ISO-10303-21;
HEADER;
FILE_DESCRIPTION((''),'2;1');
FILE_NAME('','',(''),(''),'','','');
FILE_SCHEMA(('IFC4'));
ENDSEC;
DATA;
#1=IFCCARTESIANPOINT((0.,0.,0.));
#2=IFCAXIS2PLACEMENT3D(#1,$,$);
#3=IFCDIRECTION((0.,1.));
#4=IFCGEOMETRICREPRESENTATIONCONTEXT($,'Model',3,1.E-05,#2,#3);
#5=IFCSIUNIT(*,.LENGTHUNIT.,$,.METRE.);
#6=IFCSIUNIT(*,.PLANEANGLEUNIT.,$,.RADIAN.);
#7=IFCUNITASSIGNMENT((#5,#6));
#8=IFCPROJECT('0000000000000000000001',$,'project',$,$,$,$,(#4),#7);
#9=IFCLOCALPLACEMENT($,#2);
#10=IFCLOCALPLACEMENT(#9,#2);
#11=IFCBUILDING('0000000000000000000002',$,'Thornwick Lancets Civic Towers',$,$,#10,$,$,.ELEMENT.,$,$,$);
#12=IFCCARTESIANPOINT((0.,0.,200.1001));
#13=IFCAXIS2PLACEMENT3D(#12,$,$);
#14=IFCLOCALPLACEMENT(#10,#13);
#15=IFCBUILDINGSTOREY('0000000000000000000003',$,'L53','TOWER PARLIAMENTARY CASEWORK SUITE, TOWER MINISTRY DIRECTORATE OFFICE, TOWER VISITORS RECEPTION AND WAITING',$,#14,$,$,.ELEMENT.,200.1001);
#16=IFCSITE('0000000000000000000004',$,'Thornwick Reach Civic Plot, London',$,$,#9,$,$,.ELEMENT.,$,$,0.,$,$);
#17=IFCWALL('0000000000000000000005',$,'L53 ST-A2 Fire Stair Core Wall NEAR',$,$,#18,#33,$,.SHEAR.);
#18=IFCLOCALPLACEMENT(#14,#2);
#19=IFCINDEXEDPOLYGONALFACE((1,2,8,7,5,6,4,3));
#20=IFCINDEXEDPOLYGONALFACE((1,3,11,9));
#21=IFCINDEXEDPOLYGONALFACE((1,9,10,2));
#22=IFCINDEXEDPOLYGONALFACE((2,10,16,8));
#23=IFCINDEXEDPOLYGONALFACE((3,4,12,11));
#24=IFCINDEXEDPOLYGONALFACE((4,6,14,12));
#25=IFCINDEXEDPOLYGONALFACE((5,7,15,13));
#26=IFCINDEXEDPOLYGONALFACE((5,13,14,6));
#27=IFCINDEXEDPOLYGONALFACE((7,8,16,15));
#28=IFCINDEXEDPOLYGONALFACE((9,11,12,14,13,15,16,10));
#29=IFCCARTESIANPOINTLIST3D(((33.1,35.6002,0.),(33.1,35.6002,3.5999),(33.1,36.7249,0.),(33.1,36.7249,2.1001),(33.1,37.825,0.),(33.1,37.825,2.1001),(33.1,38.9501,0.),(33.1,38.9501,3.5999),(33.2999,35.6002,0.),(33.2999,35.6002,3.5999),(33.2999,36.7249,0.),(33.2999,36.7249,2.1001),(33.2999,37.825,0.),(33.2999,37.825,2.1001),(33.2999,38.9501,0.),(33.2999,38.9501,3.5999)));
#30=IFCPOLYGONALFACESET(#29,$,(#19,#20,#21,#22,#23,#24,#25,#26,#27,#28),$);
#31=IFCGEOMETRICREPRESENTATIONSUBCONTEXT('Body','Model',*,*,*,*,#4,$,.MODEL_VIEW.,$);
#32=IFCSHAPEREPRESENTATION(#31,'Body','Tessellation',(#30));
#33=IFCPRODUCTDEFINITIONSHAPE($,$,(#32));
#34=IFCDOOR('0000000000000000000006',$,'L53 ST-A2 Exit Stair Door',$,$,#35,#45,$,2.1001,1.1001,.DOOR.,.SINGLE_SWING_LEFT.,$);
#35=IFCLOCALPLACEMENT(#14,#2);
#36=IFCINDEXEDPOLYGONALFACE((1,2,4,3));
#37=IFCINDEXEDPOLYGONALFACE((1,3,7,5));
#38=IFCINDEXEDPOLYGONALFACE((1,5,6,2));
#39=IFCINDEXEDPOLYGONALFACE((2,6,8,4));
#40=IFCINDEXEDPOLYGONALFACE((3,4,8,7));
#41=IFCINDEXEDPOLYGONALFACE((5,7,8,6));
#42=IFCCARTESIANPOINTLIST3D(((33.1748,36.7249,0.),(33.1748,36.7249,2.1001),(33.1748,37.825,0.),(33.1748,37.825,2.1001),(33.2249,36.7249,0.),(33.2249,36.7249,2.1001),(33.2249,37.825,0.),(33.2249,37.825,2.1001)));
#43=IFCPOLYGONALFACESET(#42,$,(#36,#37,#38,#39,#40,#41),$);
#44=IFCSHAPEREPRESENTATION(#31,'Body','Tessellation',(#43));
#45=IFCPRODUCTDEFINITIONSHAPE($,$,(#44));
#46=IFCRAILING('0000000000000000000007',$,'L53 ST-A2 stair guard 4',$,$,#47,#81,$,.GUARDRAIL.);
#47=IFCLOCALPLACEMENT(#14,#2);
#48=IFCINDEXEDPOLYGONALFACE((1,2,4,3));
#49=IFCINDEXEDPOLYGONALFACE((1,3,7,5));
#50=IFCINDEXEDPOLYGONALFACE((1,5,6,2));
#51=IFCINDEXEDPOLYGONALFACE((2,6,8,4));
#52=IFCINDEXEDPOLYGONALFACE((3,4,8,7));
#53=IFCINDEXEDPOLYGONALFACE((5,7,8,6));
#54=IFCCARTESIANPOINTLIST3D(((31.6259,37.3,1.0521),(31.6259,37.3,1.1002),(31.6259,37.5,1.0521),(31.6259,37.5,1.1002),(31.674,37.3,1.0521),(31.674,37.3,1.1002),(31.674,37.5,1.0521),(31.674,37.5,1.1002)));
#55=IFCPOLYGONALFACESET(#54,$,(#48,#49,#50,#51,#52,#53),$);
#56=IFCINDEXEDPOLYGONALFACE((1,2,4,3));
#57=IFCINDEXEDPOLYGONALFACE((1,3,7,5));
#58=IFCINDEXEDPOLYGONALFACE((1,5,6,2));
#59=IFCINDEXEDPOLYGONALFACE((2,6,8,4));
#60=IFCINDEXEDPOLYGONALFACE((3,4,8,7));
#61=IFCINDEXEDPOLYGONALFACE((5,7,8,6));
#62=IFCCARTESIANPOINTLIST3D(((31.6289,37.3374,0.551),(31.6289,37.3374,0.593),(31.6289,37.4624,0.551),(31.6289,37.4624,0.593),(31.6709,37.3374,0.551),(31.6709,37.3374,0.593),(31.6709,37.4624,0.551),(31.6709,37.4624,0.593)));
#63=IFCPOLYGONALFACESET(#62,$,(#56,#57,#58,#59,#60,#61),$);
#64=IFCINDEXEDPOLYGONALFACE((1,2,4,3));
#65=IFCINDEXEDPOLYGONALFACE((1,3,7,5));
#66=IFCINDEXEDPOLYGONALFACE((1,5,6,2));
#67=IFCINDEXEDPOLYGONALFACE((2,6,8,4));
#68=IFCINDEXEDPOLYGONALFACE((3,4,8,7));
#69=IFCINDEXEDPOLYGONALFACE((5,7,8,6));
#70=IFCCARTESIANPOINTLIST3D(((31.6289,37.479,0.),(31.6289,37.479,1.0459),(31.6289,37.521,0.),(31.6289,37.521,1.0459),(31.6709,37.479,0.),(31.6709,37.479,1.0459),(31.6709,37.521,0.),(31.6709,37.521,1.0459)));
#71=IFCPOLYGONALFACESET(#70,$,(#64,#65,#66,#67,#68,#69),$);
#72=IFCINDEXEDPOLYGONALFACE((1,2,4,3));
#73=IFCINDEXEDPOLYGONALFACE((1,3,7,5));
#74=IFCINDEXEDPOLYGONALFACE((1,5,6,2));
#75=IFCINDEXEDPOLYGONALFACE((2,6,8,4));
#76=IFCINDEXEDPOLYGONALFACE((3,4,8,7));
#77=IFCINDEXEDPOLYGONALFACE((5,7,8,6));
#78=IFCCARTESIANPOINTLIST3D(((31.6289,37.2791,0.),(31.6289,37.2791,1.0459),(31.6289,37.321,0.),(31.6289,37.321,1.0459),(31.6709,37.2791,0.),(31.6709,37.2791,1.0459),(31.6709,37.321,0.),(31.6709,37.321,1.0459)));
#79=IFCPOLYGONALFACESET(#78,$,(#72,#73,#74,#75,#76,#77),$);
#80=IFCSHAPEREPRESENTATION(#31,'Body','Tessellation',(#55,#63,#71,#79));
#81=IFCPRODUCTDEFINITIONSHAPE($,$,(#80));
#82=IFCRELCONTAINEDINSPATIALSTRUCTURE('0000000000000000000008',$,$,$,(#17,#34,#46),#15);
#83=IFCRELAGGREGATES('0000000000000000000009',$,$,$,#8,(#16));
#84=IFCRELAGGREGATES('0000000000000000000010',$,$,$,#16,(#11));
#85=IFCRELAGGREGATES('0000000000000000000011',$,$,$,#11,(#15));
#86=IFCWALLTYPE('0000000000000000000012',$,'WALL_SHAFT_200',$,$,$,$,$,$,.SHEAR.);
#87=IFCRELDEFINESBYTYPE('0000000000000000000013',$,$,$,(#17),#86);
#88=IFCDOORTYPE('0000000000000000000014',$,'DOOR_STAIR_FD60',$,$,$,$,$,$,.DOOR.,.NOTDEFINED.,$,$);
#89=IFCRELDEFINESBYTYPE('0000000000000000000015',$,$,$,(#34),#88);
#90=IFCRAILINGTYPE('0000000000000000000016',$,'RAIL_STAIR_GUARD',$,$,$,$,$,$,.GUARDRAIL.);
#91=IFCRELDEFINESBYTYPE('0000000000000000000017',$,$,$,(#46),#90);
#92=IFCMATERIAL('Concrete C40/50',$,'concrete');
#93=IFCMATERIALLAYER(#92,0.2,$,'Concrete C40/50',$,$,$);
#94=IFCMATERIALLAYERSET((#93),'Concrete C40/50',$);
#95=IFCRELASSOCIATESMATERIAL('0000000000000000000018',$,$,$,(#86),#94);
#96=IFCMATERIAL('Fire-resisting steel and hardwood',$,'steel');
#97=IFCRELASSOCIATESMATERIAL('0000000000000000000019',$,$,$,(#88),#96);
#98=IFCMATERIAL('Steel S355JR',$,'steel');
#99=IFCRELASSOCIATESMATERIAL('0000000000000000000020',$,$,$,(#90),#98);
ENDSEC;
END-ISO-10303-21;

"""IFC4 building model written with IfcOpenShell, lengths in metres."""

from ifc_helpers import new_model, si_unit, direction, frame, frame_2d, origin, origin_2d, place, context, subcontext, project, spatial, rectangle, extrude, material, layer, layer_set, type_object, element, fill, save


model = new_model("IFC4")

# Units and contexts
model_context = context("Model", 3, precision=1e-05, world=origin(), true_north=direction((0.0, 1.0)))
body_context = subcontext(model_context, "Body", "Model", "MODEL_VIEW")
ifc_project = project(units=[si_unit("LENGTHUNIT", "METRE"), si_unit("PLANEANGLEUNIT", "RADIAN")], contexts=[model_context])

# Site, building, storey
site_placement = place(None, origin())
site = spatial("IfcSite", under=ifc_project, at=site_placement, Name="Thornwick Reach Civic Plot, London", CompositionType="ELEMENT", RefElevation=0.0)
building_placement = place(site_placement, origin())
building = spatial("IfcBuilding", under=site, at=building_placement, Name="Thornwick Lancets Civic Towers", CompositionType="ELEMENT")
storey_placement = place(building_placement, frame((0.0, 0.0, 200.1001)))
storey = spatial("IfcBuildingStorey", under=building, at=storey_placement, Name="L53", Description="TOWER PARLIAMENTARY CASEWORK SUITE, TOWER MINISTRY DIRECTORATE OFFICE, TOWER VISITORS RECEPTION AND WAITING", CompositionType="ELEMENT", Elevation=200.1001)

# Shared definitions
ifc_material_1 = material(Name="Steel S355JR", Category="steel")

# Wall, opening, door
ifc_material_2 = material(Name="Concrete C40/50", Category="concrete")
ifc_layer_1 = layer(ifc_material_2, 0.2, Name="Concrete C40/50")
ifc_layer_set_1 = layer_set([ifc_layer_1], Name="Concrete C40/50")
wall_type_1 = type_object("IfcWallType", Name="WALL_SHAFT_200", PredefinedType="SHEAR", material=ifc_layer_set_1)
wall_1_placement = place(storey_placement, frame((33.2, 38.95, 0.0), z_axis=(0.0, 0.0, 1.0), x_axis=(0.0, -1.0, 0.0)))
wall_1 = element("IfcWall", 1, at=wall_1_placement, inside=storey, type_object=wall_type_1, Name="L53 ST-A2 Fire Stair Core Wall NEAR", PredefinedType="SHEAR", context=body_context, shape_type="SweptSolid", body=[
    extrude(rectangle(XDim=3.3499, YDim=0.2, at=frame_2d((1.6748, 0.0))), origin(), (0.0, 0.0, 1.0), 3.5999),
])
opening_1_placement = place(wall_1_placement, frame((1.125, 0.0, 0.0)))
opening_1 = element("IfcOpeningElement", 2, at=opening_1_placement, cuts=wall_1, PredefinedType="OPENING", context=body_context, shape_type="SweptSolid", body=[
    extrude(rectangle(XDim=1.1001, YDim=2.1001, at=frame_2d((0.55, 1.05))), frame((0.0, 0.1099, 0.0), z_axis=(0.0, -1.0, 0.0), x_axis=(1.0, 0.0, 0.0)), (0.0, 0.0, 1.0), 0.22),
])
ifc_material_3 = material(Name="Fire-resisting steel and hardwood", Category="steel")
door_type = type_object("IfcDoorType", Name="DOOR_STAIR_FD60", OperationType="NOTDEFINED", PredefinedType="DOOR", material=ifc_material_3)
door_placement = place(opening_1_placement, origin())
door = element("IfcDoor", 3, at=door_placement, inside=storey, type_object=door_type, Name="L53 ST-A2 Exit Stair Door", OperationType="SINGLE_SWING_LEFT", OverallHeight=2.1001, OverallWidth=1.1001, PredefinedType="DOOR", context=body_context, shape_type="SweptSolid", body=[
    extrude(rectangle(XDim=1.1001, YDim=2.1001, at=frame_2d((0.55, 1.05))), frame((0.0, 0.0249, 0.0), z_axis=(0.0, -1.0, 0.0), x_axis=(1.0, 0.0, 0.0)), (0.0, 0.0, 1.0), 0.05),
])
fill(opening_1, door)

# Railing
railing_type_1 = type_object("IfcRailingType", Name="RAIL_STAIR_GUARD", PredefinedType="GUARDRAIL", material=ifc_material_1)
railing_1_placement = place(storey_placement, frame((31.6499, 37.5, 0.0)))
element("IfcRailing", 4, at=railing_1_placement, inside=storey, type_object=railing_type_1, Name="L53 ST-A2 stair guard 4", PredefinedType="GUARDRAIL", context=body_context, shape_type="SweptSolid", body=[
    extrude(rectangle(XDim=0.0481, YDim=0.0481, at=origin_2d()), frame((0.0, 0.0, 1.0762), z_axis=(0.0, -1.0, 0.0), x_axis=(1.0, 0.0, 0.0)), (0.0, 0.0, 1.0), 0.2),
    extrude(rectangle(XDim=0.042, YDim=0.042, at=origin_2d()), frame((0.0, -0.0376, 0.572), z_axis=(0.0, -1.0, 0.0), x_axis=(1.0, 0.0, 0.0)), (0.0, 0.0, 1.0), 0.125),
    extrude(rectangle(XDim=0.042, YDim=0.042, at=origin_2d()), origin(), (0.0, 0.0, 1.0), 1.0459),
    extrude(rectangle(XDim=0.042, YDim=0.042, at=origin_2d()), frame((0.0, -0.2, 0.0)), (0.0, 0.0, 1.0), 1.0459),
])

save(model, "model.ifc")
